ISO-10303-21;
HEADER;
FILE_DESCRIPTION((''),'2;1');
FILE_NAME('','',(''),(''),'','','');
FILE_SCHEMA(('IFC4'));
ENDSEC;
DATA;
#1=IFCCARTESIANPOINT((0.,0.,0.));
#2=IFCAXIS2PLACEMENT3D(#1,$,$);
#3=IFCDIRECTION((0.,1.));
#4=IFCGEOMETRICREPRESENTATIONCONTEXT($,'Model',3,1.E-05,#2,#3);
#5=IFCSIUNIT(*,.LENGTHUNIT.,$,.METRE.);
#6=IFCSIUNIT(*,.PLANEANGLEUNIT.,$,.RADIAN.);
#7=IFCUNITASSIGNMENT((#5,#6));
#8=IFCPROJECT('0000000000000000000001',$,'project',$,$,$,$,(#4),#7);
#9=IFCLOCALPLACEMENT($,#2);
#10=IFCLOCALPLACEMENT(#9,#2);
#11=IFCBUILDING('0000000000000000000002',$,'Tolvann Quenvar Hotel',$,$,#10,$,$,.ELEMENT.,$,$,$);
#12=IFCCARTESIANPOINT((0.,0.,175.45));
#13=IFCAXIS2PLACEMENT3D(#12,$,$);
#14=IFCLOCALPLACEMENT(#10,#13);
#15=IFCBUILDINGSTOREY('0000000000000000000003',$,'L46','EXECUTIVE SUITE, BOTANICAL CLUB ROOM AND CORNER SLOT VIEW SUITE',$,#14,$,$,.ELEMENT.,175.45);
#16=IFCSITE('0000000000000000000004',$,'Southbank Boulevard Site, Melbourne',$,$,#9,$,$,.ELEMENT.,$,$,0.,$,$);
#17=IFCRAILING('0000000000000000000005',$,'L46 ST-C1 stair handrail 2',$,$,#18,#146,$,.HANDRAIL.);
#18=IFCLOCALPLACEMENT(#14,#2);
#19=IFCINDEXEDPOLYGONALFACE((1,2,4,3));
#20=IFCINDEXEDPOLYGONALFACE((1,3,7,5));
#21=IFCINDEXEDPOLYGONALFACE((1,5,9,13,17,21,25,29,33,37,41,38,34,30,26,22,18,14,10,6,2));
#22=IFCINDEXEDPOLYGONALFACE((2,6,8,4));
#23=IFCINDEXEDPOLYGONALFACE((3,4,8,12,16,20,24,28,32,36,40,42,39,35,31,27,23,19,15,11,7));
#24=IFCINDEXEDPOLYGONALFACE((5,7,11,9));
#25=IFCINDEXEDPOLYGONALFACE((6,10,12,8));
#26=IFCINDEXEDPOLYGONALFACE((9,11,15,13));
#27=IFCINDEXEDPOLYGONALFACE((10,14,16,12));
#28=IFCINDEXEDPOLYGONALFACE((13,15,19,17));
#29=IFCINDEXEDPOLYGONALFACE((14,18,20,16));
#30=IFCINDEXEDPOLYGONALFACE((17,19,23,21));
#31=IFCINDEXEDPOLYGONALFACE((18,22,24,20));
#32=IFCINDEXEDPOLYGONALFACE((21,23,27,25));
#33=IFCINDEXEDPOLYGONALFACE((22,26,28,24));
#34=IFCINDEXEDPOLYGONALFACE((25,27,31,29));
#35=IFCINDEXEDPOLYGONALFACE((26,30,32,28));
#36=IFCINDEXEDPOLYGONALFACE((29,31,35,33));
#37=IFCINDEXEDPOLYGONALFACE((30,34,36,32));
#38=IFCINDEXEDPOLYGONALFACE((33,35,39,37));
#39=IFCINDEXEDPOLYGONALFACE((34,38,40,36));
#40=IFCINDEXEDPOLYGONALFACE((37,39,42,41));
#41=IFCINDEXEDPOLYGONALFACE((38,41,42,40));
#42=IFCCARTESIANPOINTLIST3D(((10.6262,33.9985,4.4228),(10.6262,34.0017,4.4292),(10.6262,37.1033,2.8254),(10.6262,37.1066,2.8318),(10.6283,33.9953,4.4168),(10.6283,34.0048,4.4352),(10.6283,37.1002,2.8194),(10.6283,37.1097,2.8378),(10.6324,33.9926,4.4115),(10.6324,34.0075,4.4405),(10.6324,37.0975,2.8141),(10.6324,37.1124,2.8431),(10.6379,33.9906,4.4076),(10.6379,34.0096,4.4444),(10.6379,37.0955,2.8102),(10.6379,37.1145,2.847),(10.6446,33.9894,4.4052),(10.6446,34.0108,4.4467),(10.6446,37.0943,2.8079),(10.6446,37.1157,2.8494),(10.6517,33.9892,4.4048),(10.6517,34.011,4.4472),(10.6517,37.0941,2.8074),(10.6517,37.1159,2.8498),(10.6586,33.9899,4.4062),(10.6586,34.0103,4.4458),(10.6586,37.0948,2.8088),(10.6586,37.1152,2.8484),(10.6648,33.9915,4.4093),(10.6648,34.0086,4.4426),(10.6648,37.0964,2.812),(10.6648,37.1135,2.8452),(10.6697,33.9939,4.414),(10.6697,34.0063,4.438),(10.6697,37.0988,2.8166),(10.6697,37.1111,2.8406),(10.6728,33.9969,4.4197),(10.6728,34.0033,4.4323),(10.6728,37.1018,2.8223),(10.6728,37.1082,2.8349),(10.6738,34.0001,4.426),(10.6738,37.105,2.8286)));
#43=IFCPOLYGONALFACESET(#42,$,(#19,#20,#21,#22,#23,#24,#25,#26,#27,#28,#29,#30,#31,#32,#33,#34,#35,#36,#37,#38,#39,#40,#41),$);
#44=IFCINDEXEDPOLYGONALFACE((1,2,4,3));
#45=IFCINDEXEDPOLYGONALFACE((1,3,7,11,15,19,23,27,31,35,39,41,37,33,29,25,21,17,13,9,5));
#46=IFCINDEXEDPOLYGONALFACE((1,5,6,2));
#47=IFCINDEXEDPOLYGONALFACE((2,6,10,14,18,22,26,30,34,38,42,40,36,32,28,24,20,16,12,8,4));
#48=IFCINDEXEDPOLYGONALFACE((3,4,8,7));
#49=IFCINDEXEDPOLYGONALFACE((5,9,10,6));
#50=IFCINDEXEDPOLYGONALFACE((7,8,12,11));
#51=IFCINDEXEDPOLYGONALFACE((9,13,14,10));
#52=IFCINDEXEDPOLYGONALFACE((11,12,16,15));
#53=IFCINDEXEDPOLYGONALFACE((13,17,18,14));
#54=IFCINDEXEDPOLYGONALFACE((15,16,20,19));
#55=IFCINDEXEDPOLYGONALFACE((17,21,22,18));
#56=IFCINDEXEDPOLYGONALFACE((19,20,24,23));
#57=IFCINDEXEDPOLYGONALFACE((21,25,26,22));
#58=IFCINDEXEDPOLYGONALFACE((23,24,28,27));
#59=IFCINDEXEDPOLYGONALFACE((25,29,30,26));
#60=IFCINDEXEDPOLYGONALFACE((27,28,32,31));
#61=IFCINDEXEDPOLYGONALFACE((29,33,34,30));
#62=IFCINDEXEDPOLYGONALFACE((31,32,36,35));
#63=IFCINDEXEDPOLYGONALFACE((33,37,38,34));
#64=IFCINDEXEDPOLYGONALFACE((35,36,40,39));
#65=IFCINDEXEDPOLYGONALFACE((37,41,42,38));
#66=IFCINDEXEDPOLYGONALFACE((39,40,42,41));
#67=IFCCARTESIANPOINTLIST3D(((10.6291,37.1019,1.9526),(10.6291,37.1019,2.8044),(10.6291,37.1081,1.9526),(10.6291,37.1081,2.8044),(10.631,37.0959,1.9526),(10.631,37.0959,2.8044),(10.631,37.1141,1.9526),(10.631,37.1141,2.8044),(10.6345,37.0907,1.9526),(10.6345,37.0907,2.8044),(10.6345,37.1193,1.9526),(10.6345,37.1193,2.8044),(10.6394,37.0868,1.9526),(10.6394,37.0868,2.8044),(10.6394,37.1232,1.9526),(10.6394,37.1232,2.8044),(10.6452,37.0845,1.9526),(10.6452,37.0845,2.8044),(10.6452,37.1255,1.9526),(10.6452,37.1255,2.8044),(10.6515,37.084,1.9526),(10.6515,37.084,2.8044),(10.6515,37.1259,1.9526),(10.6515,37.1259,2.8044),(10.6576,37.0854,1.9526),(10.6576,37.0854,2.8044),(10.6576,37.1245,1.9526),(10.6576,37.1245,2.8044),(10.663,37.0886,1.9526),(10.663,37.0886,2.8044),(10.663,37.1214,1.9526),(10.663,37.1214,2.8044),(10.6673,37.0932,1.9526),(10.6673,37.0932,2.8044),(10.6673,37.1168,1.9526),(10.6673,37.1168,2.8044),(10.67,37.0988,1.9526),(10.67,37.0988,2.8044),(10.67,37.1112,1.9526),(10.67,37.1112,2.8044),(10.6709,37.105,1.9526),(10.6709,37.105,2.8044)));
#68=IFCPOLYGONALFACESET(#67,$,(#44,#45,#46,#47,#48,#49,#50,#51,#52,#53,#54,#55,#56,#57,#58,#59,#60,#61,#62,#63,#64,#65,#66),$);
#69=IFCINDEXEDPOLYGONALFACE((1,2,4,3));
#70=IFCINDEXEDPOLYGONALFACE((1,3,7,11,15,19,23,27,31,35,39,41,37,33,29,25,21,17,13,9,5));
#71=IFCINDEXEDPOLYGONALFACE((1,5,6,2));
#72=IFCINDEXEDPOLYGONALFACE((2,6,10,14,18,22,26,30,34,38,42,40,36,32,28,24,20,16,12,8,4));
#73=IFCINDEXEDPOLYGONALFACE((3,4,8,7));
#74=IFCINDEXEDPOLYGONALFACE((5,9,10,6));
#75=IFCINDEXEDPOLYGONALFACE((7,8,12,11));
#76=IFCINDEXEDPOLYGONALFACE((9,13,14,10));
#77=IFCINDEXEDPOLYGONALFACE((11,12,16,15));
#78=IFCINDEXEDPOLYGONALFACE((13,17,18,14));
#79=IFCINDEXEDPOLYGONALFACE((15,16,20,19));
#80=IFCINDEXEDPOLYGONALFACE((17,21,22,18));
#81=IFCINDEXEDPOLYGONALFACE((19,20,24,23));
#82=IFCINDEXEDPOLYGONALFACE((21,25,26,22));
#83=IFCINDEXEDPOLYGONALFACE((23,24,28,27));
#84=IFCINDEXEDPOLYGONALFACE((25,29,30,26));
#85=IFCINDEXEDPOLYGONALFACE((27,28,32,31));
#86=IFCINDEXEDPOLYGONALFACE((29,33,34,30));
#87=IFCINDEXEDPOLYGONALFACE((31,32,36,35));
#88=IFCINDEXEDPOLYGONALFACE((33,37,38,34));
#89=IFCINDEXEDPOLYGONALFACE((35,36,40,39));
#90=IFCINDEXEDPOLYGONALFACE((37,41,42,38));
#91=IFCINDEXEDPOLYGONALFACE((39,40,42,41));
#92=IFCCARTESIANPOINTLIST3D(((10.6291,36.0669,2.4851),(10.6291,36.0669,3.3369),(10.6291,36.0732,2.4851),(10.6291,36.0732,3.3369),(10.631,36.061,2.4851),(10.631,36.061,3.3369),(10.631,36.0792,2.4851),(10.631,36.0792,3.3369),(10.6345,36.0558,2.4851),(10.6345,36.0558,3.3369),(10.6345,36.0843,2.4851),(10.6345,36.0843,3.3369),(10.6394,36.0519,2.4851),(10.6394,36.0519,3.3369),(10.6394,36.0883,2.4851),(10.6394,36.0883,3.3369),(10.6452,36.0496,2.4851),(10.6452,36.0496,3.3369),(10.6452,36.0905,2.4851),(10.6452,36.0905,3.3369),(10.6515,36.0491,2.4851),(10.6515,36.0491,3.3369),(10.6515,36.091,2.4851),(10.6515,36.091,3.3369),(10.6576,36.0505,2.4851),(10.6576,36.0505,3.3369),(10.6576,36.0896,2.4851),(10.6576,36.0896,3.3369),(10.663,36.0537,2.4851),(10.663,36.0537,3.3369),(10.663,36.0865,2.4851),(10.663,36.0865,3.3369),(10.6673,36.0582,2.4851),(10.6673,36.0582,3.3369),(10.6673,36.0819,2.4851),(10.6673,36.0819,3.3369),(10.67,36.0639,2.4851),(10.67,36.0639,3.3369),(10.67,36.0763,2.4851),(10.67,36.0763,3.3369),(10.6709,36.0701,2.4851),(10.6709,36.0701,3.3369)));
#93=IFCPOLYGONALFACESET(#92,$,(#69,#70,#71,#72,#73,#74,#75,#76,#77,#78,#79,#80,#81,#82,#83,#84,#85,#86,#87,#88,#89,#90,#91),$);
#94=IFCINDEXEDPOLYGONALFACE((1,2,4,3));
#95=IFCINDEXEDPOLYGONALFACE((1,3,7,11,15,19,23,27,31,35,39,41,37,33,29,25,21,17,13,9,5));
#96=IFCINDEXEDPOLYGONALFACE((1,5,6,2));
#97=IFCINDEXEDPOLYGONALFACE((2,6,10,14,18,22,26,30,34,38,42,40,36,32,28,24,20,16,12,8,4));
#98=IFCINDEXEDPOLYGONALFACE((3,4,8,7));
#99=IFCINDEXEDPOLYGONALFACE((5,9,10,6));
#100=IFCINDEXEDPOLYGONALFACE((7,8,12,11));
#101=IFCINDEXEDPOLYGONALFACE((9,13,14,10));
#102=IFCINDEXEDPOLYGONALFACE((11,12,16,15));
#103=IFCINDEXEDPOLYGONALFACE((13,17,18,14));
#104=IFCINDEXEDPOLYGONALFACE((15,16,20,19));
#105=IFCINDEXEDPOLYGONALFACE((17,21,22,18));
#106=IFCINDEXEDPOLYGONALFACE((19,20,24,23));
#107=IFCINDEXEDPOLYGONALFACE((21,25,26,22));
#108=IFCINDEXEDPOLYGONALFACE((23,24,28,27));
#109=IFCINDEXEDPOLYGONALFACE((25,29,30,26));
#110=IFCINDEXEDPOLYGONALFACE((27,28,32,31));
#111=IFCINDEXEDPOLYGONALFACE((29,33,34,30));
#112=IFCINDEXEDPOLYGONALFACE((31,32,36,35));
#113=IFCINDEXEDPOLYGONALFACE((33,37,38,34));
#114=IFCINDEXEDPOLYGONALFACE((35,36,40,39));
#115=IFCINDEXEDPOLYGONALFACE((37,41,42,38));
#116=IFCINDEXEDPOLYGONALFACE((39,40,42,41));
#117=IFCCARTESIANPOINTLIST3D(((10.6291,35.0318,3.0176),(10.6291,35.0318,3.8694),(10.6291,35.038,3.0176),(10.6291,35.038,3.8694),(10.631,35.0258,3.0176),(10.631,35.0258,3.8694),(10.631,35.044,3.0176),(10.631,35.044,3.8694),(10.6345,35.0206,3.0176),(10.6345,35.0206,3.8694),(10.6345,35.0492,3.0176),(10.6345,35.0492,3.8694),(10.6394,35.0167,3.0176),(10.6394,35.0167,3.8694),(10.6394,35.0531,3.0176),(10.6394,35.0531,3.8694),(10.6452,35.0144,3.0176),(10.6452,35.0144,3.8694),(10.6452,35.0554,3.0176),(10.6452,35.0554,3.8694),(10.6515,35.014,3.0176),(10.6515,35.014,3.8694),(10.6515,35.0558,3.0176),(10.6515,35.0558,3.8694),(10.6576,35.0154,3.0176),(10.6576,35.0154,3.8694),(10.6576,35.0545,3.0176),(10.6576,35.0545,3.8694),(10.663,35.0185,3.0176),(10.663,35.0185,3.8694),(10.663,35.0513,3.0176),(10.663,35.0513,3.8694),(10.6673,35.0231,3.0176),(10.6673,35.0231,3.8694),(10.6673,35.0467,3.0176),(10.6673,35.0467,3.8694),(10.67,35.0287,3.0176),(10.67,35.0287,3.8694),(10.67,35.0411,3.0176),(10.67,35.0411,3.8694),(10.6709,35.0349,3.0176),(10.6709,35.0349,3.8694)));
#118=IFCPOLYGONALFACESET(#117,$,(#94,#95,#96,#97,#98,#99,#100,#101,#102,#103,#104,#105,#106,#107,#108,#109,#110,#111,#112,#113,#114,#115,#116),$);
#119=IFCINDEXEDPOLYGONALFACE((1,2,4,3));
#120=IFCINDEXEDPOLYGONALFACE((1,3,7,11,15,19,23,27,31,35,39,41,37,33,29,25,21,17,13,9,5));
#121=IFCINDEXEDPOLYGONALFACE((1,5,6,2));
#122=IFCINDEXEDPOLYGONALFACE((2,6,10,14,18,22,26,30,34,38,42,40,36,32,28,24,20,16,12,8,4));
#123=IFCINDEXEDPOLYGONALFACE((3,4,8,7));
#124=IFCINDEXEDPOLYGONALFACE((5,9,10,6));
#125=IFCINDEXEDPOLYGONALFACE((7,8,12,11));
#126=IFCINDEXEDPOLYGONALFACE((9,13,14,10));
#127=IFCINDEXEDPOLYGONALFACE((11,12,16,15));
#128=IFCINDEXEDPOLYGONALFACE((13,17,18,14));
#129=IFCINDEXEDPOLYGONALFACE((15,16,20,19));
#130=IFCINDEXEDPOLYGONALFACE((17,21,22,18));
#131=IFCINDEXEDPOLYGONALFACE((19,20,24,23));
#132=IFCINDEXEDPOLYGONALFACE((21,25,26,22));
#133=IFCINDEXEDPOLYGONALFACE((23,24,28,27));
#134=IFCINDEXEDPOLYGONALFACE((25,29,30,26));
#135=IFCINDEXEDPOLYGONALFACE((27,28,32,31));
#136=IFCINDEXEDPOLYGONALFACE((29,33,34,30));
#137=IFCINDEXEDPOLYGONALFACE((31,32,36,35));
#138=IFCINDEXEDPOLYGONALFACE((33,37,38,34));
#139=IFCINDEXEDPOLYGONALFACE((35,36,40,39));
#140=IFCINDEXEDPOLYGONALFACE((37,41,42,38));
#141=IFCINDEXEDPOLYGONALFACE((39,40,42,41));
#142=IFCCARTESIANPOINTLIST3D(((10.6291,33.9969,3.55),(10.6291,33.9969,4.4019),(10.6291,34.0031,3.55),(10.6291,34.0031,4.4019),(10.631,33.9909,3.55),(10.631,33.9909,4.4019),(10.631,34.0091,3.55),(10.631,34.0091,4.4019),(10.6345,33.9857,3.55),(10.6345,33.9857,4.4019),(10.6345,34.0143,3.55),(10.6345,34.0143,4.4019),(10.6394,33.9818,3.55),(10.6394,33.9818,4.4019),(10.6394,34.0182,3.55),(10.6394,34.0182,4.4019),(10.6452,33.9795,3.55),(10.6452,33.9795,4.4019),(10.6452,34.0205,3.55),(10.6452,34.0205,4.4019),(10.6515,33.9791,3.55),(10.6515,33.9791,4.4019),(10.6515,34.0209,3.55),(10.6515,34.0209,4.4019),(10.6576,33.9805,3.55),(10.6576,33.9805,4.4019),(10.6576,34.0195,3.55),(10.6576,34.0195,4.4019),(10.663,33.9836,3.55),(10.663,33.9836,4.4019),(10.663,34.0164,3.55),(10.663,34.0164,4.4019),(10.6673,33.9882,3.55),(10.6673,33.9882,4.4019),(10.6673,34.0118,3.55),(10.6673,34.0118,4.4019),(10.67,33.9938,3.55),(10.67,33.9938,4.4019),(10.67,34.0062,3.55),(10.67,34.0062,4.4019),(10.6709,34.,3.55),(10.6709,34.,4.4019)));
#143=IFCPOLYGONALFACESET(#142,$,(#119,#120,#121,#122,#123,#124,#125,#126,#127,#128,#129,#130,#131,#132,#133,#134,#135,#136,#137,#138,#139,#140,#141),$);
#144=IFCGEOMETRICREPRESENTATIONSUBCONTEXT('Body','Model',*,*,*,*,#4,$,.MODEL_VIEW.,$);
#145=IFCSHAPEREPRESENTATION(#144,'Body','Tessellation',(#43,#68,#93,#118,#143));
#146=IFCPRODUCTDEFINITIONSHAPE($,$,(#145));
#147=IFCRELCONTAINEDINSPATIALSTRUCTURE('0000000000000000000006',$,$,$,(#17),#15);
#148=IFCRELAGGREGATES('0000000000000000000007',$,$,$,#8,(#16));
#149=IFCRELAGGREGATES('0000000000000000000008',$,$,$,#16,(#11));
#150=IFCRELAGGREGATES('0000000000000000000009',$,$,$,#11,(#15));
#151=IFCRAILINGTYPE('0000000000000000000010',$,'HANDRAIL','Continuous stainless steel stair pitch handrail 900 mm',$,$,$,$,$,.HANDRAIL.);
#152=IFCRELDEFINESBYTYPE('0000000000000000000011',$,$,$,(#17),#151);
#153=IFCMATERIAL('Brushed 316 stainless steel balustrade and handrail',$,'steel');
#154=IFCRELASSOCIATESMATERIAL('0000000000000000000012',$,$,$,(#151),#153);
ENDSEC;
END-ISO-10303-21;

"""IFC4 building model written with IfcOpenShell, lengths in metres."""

from ifc_helpers import new_model, si_unit, direction, frame, origin, origin_2d, place, context, subcontext, project, spatial, circle, extrude, material, type_object, element, save


model = new_model("IFC4")

# Units and contexts
model_context = context("Model", 3, precision=1e-05, world=origin(), true_north=direction((0.0, 1.0)))
body_context = subcontext(model_context, "Body", "Model", "MODEL_VIEW")
ifc_project = project(units=[si_unit("LENGTHUNIT", "METRE"), si_unit("PLANEANGLEUNIT", "RADIAN")], contexts=[model_context])

# Site, building, storey
site_placement = place(None, origin())
site = spatial("IfcSite", under=ifc_project, at=site_placement, Name="Southbank Boulevard Site, Melbourne", CompositionType="ELEMENT", RefElevation=0.0)
building_placement = place(site_placement, origin())
building = spatial("IfcBuilding", under=site, at=building_placement, Name="Tolvann Quenvar Hotel", CompositionType="ELEMENT")
storey_placement = place(building_placement, frame((0.0, 0.0, 175.45)))
storey = spatial("IfcBuildingStorey", under=building, at=storey_placement, Name="L46", Description="EXECUTIVE SUITE, BOTANICAL CLUB ROOM AND CORNER SLOT VIEW SUITE", CompositionType="ELEMENT", Elevation=175.45)

# Railing
ifc_material_1 = material(Name="Brushed 316 stainless steel balustrade and handrail", Category="steel")
railing_type = type_object("IfcRailingType", Name="HANDRAIL", Description="Continuous stainless steel stair pitch handrail 900 mm", PredefinedType="HANDRAIL", material=ifc_material_1)
railing_placement = place(storey_placement, frame((10.6499, 37.105, 1.9526)))
element("IfcRailing", 1, at=railing_placement, inside=storey, type_object=railing_type, Name="L46 ST-C1 stair handrail 2", PredefinedType="HANDRAIL", context=body_context, shape_type="SweptSolid", body=[
    extrude(circle(Radius=0.0239, at=origin_2d()), frame((0.0, 0.0, 0.876), z_axis=(0.0, -0.889222, 0.457476), x_axis=(1.0, 0.0, 0.0)), (0.0, 0.0, 1.0), 3.4917),
    extrude(circle(Radius=0.021, at=origin_2d()), origin(), (0.0, 0.0, 1.0), 0.8518),
    extrude(circle(Radius=0.021, at=origin_2d()), frame((0.0, -1.0349, 0.5325)), (0.0, 0.0, 1.0), 0.8518),
    extrude(circle(Radius=0.021, at=origin_2d()), frame((0.0, -2.0701, 1.0649)), (0.0, 0.0, 1.0), 0.8518),
    extrude(circle(Radius=0.021, at=origin_2d()), frame((0.0, -3.105, 1.5974)), (0.0, 0.0, 1.0), 0.8518),
])

save(model, "model.ifc")
